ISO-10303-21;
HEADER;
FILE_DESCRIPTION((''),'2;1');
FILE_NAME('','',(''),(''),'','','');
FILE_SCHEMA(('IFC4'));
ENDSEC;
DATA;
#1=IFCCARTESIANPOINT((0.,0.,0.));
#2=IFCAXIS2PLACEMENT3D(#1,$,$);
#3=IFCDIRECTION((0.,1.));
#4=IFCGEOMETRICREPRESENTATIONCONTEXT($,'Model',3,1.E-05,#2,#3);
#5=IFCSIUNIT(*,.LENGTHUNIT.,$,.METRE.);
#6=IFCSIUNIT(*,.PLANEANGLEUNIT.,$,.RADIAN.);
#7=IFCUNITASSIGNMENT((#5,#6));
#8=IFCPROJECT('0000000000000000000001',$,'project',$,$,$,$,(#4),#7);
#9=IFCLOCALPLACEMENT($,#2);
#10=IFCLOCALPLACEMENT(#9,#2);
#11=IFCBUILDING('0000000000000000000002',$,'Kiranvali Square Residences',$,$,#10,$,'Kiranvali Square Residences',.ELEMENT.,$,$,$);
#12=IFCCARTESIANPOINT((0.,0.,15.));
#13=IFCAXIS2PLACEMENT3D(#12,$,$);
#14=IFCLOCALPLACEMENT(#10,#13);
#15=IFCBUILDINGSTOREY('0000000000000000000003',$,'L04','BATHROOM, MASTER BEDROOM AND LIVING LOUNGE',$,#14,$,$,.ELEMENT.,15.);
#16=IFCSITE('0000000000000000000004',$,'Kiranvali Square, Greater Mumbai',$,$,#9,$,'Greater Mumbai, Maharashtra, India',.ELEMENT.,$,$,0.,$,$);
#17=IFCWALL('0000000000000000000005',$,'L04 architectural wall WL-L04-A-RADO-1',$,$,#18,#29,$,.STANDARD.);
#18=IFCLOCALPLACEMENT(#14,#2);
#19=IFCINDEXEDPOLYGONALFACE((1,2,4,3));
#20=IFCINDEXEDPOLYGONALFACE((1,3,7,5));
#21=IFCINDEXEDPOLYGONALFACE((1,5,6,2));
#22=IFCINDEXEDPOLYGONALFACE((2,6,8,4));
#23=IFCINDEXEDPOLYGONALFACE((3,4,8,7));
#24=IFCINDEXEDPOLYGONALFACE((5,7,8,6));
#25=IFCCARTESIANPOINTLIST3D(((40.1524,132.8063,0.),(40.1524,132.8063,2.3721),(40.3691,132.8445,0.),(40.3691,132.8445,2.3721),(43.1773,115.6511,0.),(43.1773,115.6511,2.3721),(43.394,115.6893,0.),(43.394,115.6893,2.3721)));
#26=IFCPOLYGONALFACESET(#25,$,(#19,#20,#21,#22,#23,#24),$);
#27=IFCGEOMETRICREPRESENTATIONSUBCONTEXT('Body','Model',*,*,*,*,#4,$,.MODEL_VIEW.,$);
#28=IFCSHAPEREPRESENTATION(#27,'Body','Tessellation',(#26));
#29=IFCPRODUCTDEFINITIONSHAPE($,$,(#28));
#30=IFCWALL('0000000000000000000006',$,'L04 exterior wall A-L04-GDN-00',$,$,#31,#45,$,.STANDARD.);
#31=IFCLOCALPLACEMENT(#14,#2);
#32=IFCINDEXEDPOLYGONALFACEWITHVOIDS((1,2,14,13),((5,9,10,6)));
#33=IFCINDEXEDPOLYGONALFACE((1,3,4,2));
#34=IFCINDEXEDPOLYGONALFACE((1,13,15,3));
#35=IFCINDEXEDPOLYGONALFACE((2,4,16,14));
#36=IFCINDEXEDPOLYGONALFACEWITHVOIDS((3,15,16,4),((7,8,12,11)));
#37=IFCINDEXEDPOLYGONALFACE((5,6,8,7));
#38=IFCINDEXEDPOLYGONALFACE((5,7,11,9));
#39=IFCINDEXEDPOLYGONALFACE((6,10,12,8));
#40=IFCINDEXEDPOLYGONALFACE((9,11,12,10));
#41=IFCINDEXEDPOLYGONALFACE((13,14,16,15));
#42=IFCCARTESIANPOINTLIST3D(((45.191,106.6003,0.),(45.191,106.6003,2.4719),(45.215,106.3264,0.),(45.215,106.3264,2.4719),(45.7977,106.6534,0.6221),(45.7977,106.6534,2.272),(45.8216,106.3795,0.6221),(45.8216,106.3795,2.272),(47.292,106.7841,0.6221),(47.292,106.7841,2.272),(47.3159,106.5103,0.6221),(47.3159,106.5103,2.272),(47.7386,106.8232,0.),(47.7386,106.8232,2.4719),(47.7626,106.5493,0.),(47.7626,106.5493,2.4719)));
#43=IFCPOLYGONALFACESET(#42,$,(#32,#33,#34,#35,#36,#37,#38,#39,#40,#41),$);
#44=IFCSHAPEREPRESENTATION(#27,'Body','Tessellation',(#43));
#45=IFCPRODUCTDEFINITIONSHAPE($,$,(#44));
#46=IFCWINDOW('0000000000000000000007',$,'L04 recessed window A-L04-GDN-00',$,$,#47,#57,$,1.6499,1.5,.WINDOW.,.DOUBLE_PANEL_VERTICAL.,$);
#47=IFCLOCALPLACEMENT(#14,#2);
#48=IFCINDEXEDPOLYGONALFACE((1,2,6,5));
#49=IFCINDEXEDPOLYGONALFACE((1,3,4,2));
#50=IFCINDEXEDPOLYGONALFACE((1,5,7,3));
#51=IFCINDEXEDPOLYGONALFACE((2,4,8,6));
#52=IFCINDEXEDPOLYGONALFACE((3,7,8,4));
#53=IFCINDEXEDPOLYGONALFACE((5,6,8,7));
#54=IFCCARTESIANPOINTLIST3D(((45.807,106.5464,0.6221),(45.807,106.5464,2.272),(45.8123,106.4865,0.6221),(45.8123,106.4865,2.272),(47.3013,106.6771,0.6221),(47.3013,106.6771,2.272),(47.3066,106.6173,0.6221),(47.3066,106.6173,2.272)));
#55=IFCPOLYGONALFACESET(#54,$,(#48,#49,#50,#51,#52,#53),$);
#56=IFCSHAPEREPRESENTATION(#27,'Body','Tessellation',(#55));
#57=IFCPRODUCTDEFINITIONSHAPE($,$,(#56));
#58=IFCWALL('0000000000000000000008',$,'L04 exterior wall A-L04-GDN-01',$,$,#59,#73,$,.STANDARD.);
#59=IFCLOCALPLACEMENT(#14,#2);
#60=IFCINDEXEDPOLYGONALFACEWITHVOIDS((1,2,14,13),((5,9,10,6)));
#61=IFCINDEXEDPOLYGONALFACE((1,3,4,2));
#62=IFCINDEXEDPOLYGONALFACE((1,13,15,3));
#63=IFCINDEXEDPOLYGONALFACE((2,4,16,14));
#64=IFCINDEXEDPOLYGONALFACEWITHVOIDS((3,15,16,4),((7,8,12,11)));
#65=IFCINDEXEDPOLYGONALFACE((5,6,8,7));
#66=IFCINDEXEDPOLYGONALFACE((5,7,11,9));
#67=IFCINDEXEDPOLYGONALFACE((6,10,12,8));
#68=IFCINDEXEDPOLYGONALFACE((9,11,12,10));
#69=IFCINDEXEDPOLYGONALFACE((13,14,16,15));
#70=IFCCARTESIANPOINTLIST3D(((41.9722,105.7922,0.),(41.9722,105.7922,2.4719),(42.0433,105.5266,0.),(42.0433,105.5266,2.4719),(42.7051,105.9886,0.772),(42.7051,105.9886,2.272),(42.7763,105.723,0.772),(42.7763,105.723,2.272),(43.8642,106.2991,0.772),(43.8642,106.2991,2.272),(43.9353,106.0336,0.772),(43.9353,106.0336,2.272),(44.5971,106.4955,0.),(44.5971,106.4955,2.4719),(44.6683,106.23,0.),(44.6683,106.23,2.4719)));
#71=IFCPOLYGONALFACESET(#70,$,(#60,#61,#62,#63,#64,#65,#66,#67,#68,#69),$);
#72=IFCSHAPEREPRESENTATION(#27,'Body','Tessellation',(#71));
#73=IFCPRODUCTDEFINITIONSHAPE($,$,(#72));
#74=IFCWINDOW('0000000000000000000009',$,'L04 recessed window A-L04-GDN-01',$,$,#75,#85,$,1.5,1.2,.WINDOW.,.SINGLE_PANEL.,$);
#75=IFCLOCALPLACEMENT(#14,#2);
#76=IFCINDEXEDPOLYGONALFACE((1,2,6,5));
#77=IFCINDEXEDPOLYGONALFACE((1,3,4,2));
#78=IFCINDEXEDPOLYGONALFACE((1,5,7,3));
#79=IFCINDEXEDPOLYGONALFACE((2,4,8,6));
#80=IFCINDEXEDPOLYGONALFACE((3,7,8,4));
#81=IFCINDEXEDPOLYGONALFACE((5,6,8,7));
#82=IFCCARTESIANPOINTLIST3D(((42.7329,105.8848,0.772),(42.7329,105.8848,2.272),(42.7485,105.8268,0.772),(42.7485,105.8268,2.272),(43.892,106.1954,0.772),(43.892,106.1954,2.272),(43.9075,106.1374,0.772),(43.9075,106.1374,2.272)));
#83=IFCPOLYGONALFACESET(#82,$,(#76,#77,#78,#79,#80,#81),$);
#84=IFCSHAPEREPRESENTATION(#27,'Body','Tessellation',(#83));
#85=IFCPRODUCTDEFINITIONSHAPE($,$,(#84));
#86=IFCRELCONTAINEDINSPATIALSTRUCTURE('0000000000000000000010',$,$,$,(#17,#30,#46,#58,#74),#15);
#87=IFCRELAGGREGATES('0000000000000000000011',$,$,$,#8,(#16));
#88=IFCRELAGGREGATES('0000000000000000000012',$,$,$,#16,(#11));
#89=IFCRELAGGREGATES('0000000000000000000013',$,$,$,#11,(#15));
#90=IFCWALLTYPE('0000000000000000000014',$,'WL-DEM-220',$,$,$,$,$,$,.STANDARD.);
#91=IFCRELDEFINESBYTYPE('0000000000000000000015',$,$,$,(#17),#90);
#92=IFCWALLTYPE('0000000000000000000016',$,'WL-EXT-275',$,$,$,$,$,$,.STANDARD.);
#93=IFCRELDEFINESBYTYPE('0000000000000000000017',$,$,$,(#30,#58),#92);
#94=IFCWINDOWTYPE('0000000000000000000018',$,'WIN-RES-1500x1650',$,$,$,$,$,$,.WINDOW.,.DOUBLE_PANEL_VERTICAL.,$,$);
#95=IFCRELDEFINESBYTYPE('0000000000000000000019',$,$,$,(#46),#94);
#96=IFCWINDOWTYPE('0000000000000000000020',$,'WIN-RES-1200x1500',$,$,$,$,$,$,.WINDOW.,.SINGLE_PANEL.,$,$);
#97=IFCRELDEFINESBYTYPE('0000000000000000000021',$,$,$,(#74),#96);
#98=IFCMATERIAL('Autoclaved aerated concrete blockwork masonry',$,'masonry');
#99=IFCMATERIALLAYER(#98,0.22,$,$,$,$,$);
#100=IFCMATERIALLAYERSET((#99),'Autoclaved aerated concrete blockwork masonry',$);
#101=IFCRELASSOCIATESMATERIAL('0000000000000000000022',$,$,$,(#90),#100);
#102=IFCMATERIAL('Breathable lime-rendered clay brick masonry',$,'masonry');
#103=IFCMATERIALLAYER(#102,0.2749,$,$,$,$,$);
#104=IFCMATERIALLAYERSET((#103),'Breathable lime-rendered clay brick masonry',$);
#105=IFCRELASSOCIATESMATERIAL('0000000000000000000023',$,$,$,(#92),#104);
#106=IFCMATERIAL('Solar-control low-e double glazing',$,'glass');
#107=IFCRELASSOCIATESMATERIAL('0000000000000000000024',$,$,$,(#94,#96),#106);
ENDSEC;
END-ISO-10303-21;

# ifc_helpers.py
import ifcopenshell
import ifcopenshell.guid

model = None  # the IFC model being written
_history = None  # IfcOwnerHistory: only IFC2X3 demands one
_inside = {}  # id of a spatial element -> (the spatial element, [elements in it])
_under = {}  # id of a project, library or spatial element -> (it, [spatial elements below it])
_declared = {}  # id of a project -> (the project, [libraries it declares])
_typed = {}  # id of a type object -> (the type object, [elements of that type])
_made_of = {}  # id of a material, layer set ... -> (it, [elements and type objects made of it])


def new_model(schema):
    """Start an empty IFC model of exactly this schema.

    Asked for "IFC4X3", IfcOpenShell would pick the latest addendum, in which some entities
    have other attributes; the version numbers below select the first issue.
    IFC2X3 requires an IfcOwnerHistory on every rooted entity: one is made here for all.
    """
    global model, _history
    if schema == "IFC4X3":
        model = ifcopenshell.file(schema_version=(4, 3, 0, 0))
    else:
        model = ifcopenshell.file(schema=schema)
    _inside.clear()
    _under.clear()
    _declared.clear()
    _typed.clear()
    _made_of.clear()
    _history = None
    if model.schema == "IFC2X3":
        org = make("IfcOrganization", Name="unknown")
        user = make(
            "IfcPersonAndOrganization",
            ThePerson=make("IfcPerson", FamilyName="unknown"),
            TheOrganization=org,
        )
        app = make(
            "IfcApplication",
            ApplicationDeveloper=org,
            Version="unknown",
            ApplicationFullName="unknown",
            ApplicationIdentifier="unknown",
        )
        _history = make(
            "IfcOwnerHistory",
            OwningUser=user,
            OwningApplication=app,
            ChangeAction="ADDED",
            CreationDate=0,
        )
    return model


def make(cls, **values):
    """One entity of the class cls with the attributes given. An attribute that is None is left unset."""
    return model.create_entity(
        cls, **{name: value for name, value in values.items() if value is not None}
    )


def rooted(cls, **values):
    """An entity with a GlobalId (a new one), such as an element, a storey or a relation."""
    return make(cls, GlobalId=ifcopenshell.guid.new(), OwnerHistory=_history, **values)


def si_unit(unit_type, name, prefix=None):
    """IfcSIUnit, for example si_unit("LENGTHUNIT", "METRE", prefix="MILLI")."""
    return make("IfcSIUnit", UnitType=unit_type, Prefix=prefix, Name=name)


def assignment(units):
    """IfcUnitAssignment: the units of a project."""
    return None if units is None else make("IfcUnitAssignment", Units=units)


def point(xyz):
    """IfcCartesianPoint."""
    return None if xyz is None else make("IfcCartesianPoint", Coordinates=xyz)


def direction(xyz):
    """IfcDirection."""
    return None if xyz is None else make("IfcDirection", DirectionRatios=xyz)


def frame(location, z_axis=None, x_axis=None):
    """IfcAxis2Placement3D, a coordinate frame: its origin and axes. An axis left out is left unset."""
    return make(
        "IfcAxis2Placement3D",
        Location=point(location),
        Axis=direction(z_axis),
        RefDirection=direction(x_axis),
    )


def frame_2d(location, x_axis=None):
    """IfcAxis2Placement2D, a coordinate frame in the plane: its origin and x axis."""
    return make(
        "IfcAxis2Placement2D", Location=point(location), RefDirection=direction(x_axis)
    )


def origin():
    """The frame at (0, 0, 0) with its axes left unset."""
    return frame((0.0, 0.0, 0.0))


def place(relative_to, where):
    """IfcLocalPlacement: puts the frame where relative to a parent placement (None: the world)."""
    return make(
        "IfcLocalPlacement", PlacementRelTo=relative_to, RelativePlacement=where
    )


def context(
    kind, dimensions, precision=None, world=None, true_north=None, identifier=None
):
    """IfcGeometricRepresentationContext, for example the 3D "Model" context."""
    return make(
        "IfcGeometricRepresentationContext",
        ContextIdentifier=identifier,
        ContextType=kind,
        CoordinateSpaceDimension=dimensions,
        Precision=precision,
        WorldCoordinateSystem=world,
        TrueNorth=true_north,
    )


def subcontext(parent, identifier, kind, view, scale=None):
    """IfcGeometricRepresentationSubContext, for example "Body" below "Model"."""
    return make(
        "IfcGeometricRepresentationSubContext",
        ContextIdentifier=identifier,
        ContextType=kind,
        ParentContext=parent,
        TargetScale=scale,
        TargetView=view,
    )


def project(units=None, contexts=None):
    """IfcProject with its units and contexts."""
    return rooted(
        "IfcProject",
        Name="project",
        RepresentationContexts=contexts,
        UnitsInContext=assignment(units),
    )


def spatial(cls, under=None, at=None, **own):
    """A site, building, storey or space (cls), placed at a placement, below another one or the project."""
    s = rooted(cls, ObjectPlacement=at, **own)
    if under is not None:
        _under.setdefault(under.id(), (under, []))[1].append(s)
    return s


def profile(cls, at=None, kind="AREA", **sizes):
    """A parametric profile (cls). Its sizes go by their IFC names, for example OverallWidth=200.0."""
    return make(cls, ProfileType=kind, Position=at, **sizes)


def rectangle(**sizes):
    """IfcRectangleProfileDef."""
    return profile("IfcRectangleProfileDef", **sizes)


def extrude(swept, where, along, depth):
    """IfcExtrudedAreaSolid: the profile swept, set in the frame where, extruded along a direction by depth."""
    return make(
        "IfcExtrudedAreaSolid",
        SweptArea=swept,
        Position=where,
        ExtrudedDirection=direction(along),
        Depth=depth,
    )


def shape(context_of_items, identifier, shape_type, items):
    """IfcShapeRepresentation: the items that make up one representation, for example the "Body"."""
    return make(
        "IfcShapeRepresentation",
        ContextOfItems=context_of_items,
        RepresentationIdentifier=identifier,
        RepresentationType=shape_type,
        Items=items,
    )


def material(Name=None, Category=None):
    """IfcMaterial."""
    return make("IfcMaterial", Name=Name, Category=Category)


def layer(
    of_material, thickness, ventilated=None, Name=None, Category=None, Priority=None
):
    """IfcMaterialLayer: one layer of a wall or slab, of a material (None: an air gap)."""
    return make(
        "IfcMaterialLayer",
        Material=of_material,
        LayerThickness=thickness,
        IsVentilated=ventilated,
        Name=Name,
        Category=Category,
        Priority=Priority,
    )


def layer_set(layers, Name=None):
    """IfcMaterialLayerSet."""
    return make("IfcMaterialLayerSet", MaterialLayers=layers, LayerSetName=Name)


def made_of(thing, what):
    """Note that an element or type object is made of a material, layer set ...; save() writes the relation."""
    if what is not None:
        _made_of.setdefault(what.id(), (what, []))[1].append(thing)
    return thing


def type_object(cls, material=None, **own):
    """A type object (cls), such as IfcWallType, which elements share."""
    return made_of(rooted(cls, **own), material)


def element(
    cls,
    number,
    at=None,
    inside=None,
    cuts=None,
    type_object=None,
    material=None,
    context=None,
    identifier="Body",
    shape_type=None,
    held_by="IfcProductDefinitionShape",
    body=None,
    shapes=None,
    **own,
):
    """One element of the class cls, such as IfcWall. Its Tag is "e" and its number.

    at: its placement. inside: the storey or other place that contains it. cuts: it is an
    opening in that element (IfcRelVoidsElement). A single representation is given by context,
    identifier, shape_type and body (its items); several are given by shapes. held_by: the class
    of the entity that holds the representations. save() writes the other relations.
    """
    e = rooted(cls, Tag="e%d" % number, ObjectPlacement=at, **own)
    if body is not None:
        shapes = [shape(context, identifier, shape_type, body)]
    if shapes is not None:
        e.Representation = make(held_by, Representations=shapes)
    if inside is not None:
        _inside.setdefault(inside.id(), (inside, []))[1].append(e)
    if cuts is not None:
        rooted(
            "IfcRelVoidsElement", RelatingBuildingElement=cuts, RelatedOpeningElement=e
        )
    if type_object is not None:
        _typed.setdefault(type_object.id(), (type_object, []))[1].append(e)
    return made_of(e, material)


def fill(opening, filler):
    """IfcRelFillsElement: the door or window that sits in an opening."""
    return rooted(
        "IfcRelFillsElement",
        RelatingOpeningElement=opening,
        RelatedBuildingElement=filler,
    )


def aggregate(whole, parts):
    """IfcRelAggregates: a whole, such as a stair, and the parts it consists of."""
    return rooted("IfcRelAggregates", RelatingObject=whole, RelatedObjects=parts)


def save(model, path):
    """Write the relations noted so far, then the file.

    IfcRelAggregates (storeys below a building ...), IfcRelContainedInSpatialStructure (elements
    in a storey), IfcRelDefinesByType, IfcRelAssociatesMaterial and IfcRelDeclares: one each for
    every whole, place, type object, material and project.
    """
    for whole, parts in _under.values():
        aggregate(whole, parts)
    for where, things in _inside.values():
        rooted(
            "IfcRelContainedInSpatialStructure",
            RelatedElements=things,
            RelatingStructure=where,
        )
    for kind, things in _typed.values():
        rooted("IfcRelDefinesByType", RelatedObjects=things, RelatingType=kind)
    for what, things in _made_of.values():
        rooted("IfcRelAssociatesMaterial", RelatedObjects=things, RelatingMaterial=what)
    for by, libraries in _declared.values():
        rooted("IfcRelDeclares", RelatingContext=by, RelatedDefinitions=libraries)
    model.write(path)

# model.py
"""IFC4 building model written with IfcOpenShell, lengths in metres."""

from ifc_helpers import new_model, si_unit, direction, frame, frame_2d, origin, place, context, subcontext, project, spatial, rectangle, extrude, material, layer, layer_set, type_object, element, fill, save


model = new_model("IFC4")

# Units and contexts
model_context = context("Model", 3, precision=1e-05, world=origin(), true_north=direction((0.0, 1.0)))
body_context = subcontext(model_context, "Body", "Model", "MODEL_VIEW")
ifc_project = project(units=[si_unit("LENGTHUNIT", "METRE"), si_unit("PLANEANGLEUNIT", "RADIAN")], contexts=[model_context])

# Site, building, storey
site_placement = place(None, origin())
site = spatial("IfcSite", under=ifc_project, at=site_placement, Name="Kiranvali Square, Greater Mumbai", LongName="Greater Mumbai, Maharashtra, India", CompositionType="ELEMENT", RefElevation=0.0)
building_placement = place(site_placement, origin())
building = spatial("IfcBuilding", under=site, at=building_placement, Name="Kiranvali Square Residences", LongName="Kiranvali Square Residences", CompositionType="ELEMENT")
storey_placement = place(building_placement, frame((0.0, 0.0, 15.0)))
storey = spatial("IfcBuildingStorey", under=building, at=storey_placement, Name="L04", Description="BATHROOM, MASTER BEDROOM AND LIVING LOUNGE", CompositionType="ELEMENT", Elevation=15.0)

# Shared definitions
ifc_material_1 = material(Name="Autoclaved aerated concrete blockwork masonry", Category="masonry")

# Wall
ifc_layer_1 = layer(ifc_material_1, 0.22)
ifc_layer_set_1 = layer_set([ifc_layer_1], Name="Autoclaved aerated concrete blockwork masonry")
wall_type_1 = type_object("IfcWallType", Name="WL-DEM-220", PredefinedType="STANDARD", material=ifc_layer_set_1)
wall_1_placement = place(storey_placement, frame((43.2856, 115.6702, 0.0), z_axis=(0.0, 0.0, 1.0), x_axis=(-0.173646, 0.984808, 0.0)))
element("IfcWall", 1, at=wall_1_placement, inside=storey, type_object=wall_type_1, Name="L04 architectural wall WL-L04-A-RADO-1", PredefinedType="STANDARD", context=body_context, shape_type="SweptSolid", body=[
    extrude(rectangle(XDim=17.4199, YDim=0.22, at=frame_2d((8.71, 0.0))), origin(), (0.0, 0.0, 1.0), 2.3721),
])

# Walls, openings, windows
ifc_material_2 = material(Name="Breathable lime-rendered clay brick masonry", Category="masonry")
ifc_layer_2 = layer(ifc_material_2, 0.2749)
ifc_layer_set_2 = layer_set([ifc_layer_2], Name="Breathable lime-rendered clay brick masonry")
wall_type_2 = type_object("IfcWallType", Name="WL-EXT-275", PredefinedType="STANDARD", material=ifc_layer_set_2)
wall_2_placement = place(storey_placement, frame((47.7507, 106.6863, 0.0), z_axis=(0.0, 0.0, 1.0), x_axis=(-0.996194, -0.087161, 0.0)))
wall_2 = element("IfcWall", 2, at=wall_2_placement, inside=storey, type_object=wall_type_2, Name="L04 exterior wall A-L04-GDN-00", PredefinedType="STANDARD", context=body_context, shape_type="SweptSolid", body=[
    extrude(rectangle(XDim=2.5574, YDim=0.2749, at=frame_2d((1.2788, 0.0))), origin(), (0.0, 0.0, 1.0), 2.4719),
])
opening_1_placement = place(wall_2_placement, frame((0.4485, 0.0, 0.6221)))
opening_1 = element("IfcOpeningElement", 3, at=opening_1_placement, cuts=wall_2, PredefinedType="OPENING", context=body_context, shape_type="SweptSolid", body=[
    extrude(rectangle(XDim=1.5, YDim=1.6499, at=frame_2d((0.75, 0.825))), frame((0.0, 0.1475, 0.0), z_axis=(0.0, -1.0, 0.0), x_axis=(1.0, 0.0, 0.0)), (0.0, 0.0, 1.0), 0.2949),
])
ifc_material_3 = material(Name="Solar-control low-e double glazing", Category="glass")
window_type_1 = type_object("IfcWindowType", Name="WIN-RES-1500x1650", PartitioningType="DOUBLE_PANEL_VERTICAL", PredefinedType="WINDOW", material=ifc_material_3)
window_1_placement = place(opening_1_placement, origin())
window_1 = element("IfcWindow", 4, at=window_1_placement, inside=storey, type_object=window_type_1, Name="L04 recessed window A-L04-GDN-00", OverallHeight=1.6499, OverallWidth=1.5, PartitioningType="DOUBLE_PANEL_VERTICAL", PredefinedType="WINDOW", context=body_context, shape_type="SweptSolid", body=[
    extrude(rectangle(XDim=1.5, YDim=1.6499, at=frame_2d((0.75, 0.825))), frame((0.0, 0.03, 0.0), z_axis=(0.0, -1.0, 0.0), x_axis=(1.0, 0.0, 0.0)), (0.0, 0.0, 1.0), 0.0601),
])
fill(opening_1, window_1)
wall_3_placement = place(storey_placement, frame((44.6328, 106.3628, 0.0), z_axis=(0.0, 0.0, 1.0), x_axis=(-0.965926, -0.25882, 0.0)))
wall_3 = element("IfcWall", 5, at=wall_3_placement, inside=storey, type_object=wall_type_2, Name="L04 exterior wall A-L04-GDN-01", PredefinedType="STANDARD", context=body_context, shape_type="SweptSolid", body=[
    extrude(rectangle(XDim=2.7175, YDim=0.2749, at=frame_2d((1.3589, 0.0))), origin(), (0.0, 0.0, 1.0), 2.4719),
])
opening_2_placement = place(wall_3_placement, frame((0.7588, 0.0, 0.772)))
opening_2 = element("IfcOpeningElement", 6, at=opening_2_placement, cuts=wall_3, PredefinedType="OPENING", context=body_context, shape_type="SweptSolid", body=[
    extrude(rectangle(XDim=1.2, YDim=1.5, at=frame_2d((0.6001, 0.75))), frame((0.0, 0.1475, 0.0), z_axis=(0.0, -1.0, 0.0), x_axis=(1.0, 0.0, 0.0)), (0.0, 0.0, 1.0), 0.2949),
])
window_type_2 = type_object("IfcWindowType", Name="WIN-RES-1200x1500", PartitioningType="SINGLE_PANEL", PredefinedType="WINDOW", material=ifc_material_3)
window_2_placement = place(opening_2_placement, origin())
window_2 = element("IfcWindow", 7, at=window_2_placement, inside=storey, type_object=window_type_2, Name="L04 recessed window A-L04-GDN-01", OverallHeight=1.5, OverallWidth=1.2, PartitioningType="SINGLE_PANEL", PredefinedType="WINDOW", context=body_context, shape_type="SweptSolid", body=[
    extrude(rectangle(XDim=1.2, YDim=1.5, at=frame_2d((0.6001, 0.75))), frame((0.0, 0.03, 0.0), z_axis=(0.0, -1.0, 0.0), x_axis=(1.0, 0.0, 0.0)), (0.0, 0.0, 1.0), 0.0601),
])
fill(opening_2, window_2)

save(model, "model.ifc")
